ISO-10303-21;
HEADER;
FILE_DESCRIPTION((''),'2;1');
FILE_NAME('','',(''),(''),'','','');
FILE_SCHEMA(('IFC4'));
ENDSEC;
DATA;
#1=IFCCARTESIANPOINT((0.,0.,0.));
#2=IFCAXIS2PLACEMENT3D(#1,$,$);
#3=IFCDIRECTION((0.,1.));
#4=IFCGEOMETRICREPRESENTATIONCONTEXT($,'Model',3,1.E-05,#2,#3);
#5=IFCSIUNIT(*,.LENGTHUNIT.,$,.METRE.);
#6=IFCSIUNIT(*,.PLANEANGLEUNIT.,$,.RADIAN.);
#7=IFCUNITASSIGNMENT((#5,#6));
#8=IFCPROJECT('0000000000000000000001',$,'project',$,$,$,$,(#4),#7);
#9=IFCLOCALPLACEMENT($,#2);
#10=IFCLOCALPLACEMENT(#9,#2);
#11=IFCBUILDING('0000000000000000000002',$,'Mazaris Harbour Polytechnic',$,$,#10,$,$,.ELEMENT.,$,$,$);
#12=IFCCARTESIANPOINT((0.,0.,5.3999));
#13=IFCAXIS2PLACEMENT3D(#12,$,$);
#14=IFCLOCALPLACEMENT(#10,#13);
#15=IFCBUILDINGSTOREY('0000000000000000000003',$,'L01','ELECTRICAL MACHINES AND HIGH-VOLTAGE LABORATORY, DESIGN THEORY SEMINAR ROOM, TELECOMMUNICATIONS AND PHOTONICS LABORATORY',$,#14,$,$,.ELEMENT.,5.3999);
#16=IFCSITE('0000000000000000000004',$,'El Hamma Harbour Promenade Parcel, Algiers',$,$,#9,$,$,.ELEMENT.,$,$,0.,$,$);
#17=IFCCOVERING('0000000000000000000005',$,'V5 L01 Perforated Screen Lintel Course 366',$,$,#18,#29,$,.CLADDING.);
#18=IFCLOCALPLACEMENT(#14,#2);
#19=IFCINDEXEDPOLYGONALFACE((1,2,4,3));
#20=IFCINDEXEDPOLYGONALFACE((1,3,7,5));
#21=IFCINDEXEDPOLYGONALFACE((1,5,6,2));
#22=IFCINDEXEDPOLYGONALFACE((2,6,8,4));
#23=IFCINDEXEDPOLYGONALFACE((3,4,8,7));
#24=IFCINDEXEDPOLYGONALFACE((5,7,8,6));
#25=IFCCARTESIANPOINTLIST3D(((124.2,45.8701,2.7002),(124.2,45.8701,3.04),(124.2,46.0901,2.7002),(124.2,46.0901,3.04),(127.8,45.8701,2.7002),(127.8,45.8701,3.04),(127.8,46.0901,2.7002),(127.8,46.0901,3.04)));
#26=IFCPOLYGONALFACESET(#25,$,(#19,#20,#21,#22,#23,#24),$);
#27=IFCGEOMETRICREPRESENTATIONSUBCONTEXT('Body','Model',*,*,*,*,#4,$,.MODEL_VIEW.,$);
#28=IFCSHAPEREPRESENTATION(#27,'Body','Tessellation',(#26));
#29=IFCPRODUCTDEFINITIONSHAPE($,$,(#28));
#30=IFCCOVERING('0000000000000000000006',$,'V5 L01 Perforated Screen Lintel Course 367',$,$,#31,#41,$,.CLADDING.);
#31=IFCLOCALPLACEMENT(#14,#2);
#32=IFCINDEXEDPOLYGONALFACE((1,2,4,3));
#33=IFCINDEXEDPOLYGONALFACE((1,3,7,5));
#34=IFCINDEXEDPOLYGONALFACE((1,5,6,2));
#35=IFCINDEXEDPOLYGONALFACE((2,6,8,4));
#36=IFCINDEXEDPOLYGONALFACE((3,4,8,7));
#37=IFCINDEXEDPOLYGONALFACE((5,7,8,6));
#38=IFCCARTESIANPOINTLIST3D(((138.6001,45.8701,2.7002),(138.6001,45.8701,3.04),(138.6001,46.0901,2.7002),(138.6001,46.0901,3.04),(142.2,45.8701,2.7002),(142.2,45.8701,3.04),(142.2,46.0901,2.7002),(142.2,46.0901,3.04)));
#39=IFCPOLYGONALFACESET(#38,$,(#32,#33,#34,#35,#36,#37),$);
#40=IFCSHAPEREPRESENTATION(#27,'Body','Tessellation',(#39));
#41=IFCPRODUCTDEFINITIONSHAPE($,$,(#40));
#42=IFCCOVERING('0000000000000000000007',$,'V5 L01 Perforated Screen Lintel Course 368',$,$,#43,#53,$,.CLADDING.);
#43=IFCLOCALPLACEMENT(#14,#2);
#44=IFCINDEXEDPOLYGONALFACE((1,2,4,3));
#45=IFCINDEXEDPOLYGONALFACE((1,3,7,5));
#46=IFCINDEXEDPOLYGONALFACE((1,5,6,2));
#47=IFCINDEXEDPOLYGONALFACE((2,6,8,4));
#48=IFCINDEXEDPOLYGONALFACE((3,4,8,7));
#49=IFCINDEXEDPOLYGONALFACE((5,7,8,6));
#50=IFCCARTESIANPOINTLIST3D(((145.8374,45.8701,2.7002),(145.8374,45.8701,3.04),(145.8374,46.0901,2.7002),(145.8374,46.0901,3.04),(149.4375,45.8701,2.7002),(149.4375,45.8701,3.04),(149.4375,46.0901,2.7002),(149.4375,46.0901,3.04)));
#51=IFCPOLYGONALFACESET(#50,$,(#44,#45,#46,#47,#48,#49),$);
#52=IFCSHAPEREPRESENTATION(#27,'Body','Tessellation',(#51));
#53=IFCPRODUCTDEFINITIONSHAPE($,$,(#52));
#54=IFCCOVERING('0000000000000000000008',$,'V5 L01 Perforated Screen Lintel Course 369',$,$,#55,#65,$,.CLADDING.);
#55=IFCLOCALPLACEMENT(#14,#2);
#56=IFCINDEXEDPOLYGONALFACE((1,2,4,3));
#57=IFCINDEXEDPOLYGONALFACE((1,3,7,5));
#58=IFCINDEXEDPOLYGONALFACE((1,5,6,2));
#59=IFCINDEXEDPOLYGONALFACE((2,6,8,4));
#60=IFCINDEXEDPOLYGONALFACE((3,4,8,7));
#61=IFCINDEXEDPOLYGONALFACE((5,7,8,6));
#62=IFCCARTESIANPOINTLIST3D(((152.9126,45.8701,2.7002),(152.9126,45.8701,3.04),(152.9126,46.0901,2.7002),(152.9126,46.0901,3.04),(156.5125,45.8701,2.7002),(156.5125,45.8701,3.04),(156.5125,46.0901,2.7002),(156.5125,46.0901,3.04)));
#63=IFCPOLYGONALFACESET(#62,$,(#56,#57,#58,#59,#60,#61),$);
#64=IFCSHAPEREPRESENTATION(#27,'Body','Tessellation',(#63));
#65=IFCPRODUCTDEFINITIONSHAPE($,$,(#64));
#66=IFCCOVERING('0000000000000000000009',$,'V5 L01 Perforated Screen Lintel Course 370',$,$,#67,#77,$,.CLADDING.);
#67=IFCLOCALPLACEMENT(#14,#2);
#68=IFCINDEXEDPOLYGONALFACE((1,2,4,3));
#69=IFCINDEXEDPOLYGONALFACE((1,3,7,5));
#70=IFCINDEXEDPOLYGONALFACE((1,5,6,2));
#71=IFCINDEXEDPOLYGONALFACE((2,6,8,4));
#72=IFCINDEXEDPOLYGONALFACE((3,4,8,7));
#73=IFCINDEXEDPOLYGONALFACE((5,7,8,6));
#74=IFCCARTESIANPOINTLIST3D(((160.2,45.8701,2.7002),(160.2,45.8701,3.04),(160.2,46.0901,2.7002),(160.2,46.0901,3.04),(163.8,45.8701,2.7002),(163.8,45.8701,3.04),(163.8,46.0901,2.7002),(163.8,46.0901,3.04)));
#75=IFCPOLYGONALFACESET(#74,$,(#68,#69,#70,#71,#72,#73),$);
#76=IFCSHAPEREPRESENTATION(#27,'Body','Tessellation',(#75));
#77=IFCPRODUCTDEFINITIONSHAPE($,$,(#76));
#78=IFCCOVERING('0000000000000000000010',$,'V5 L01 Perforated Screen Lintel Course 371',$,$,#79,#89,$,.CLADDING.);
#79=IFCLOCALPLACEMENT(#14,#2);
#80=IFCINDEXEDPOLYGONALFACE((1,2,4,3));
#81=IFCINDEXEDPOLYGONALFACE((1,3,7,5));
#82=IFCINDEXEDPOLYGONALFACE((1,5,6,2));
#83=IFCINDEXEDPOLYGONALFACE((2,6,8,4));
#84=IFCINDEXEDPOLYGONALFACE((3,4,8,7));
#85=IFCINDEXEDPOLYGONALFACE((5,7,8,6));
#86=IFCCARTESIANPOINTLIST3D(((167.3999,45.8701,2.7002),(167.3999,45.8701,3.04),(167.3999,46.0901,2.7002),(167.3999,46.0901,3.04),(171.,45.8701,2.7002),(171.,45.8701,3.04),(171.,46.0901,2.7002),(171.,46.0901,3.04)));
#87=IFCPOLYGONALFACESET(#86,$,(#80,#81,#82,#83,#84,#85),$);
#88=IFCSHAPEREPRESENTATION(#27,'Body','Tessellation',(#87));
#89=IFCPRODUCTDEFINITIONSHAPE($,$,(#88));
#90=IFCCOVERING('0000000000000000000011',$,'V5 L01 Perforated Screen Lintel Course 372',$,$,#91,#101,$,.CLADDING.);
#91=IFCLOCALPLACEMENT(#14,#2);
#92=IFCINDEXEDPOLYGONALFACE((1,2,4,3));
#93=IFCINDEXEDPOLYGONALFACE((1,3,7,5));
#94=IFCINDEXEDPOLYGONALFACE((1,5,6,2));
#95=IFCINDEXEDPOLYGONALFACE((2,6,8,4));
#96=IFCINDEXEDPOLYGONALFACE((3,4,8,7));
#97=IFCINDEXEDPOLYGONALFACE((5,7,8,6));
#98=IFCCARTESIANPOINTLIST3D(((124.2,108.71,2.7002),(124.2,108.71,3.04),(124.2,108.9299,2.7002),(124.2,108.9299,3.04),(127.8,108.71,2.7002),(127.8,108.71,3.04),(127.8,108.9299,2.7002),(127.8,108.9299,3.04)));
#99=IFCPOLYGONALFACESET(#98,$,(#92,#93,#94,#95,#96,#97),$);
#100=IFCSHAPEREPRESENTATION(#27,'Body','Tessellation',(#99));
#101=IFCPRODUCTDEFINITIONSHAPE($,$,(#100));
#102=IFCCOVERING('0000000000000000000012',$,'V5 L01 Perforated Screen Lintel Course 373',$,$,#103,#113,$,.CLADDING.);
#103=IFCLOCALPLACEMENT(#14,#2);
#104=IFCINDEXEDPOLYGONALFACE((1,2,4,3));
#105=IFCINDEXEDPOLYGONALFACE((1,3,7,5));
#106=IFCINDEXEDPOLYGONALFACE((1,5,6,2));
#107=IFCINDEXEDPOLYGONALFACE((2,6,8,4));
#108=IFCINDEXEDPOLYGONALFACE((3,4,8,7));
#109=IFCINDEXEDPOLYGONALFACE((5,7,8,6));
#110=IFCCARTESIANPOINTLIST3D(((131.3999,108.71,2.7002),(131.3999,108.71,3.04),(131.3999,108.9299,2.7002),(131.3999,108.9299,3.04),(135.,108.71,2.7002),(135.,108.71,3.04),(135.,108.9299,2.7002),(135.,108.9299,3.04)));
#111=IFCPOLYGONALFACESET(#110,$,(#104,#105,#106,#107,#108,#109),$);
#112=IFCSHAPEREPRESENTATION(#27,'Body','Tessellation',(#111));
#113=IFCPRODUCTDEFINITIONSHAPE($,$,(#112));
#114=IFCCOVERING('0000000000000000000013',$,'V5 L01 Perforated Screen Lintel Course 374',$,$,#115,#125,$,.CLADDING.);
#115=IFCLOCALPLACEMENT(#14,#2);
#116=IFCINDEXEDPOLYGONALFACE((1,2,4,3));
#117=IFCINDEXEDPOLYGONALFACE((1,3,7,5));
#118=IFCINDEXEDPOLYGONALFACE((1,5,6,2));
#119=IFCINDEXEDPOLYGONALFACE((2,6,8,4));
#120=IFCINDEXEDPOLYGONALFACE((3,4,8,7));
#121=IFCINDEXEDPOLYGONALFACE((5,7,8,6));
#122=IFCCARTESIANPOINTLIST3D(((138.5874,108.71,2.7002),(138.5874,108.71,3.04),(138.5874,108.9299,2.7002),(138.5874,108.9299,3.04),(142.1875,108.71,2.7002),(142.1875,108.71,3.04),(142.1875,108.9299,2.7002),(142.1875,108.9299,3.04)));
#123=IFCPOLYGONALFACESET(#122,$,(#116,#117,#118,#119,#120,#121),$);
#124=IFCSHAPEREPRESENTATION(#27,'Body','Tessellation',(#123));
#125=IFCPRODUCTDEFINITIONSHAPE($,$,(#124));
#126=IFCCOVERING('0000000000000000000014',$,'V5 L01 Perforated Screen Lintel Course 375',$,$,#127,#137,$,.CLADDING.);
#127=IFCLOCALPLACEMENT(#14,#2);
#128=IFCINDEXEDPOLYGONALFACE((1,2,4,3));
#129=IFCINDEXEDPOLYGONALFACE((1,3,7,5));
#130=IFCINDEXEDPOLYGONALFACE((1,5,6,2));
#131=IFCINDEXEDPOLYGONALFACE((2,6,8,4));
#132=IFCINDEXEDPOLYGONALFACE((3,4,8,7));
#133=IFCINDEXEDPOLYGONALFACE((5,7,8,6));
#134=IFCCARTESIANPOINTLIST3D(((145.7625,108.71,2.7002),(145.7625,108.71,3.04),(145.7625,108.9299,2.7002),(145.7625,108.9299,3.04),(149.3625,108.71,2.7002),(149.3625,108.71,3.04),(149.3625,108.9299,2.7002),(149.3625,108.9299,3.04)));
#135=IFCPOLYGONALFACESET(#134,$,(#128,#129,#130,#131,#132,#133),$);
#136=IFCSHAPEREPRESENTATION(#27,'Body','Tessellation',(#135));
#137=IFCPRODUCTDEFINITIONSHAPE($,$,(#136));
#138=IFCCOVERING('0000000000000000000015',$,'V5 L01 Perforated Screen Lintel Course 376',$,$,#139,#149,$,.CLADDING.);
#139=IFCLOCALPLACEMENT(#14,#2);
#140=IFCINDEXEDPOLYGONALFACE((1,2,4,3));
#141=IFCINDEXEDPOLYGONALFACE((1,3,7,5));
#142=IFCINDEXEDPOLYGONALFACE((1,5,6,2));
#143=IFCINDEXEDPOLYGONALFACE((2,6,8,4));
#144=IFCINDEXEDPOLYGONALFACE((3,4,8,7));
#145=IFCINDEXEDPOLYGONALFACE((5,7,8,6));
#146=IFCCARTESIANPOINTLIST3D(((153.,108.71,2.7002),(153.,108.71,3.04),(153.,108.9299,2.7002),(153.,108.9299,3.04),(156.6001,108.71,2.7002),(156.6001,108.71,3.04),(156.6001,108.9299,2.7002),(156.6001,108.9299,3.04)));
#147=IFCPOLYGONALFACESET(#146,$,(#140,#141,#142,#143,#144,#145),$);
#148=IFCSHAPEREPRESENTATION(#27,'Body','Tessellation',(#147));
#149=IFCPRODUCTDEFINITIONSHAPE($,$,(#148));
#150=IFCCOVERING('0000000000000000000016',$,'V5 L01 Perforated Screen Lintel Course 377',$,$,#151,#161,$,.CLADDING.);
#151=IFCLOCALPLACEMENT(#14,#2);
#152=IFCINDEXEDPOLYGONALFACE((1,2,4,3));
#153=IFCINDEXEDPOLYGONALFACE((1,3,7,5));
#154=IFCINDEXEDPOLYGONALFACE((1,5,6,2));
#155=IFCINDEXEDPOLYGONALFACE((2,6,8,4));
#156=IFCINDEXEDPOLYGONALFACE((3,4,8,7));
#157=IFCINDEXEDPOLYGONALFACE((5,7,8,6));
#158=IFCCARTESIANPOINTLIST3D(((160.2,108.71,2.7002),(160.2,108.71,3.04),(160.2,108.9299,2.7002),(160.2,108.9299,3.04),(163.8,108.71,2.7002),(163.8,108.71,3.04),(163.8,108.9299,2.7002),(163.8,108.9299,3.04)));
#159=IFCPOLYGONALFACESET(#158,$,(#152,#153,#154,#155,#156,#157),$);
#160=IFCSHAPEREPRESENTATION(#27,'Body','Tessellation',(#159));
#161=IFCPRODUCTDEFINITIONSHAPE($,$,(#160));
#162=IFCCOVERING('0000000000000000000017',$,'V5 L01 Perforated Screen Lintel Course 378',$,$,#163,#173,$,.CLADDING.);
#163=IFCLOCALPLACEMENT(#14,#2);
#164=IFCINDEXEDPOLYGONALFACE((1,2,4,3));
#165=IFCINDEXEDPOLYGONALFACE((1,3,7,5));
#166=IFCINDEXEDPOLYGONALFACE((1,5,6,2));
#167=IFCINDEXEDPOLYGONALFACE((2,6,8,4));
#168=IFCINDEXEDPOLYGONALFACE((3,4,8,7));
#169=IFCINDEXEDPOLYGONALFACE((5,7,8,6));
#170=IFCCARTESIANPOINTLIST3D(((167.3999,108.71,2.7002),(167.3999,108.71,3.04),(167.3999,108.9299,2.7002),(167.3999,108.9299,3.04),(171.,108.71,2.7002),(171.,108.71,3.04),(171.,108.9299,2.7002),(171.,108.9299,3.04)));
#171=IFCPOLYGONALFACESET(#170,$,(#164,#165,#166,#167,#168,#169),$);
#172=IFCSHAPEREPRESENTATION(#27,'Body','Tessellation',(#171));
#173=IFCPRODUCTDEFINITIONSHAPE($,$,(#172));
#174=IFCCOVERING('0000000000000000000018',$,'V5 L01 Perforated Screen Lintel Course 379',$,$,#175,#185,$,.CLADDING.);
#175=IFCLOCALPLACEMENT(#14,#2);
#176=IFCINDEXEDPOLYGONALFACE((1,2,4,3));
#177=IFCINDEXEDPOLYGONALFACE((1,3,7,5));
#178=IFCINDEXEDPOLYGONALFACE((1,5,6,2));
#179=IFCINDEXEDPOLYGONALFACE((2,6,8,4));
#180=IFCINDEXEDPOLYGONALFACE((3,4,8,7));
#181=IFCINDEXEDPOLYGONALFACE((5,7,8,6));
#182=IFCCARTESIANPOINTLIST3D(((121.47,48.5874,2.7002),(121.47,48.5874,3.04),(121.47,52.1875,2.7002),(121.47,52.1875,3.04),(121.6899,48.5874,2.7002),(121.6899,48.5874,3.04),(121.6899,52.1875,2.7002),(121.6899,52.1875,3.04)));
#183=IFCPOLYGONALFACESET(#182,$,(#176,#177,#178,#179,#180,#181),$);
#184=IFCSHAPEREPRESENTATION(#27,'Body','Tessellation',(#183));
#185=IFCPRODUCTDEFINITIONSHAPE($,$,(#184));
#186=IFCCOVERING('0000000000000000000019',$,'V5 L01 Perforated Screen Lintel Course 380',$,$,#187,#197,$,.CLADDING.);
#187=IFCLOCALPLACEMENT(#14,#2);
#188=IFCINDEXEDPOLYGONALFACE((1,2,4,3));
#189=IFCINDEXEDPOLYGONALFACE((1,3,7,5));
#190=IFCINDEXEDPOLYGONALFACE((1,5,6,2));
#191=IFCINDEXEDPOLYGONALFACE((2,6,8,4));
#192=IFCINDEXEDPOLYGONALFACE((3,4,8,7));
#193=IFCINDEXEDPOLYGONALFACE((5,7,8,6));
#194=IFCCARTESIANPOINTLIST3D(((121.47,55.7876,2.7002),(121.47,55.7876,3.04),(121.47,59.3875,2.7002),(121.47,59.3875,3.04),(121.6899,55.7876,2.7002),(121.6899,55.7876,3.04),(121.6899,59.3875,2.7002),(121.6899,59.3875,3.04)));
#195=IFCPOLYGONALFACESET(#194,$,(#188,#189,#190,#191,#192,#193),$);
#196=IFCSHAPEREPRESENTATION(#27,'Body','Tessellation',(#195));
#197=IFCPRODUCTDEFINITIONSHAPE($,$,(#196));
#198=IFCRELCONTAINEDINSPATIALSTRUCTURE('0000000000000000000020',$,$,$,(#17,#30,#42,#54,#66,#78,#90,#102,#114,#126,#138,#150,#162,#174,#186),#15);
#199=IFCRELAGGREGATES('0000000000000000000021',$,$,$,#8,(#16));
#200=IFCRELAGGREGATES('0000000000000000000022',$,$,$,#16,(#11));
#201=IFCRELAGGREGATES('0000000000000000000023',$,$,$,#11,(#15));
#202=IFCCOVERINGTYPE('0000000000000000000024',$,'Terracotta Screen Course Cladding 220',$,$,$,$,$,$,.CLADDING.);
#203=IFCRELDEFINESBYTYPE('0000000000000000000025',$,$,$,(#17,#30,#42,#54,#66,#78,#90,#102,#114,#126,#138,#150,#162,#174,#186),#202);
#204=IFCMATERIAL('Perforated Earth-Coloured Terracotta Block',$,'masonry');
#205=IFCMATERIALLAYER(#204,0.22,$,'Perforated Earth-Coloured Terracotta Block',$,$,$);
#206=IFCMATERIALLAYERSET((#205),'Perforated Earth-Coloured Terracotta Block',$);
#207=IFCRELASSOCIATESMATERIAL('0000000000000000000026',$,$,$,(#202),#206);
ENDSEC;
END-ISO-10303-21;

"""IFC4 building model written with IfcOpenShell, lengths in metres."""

from ifc_helpers import new_model, si_unit, direction, frame, origin, place, context, subcontext, project, spatial, polyline, outline, extrude, material, layer, layer_set, type_object, element, save


model = new_model("IFC4")

# Units and contexts
model_context = context("Model", 3, precision=1e-05, world=origin(), true_north=direction((0.0, 1.0)))
body_context = subcontext(model_context, "Body", "Model", "MODEL_VIEW")
ifc_project = project(units=[si_unit("LENGTHUNIT", "METRE"), si_unit("PLANEANGLEUNIT", "RADIAN")], contexts=[model_context])

# Site, building, storey
site_placement = place(None, origin())
site = spatial("IfcSite", under=ifc_project, at=site_placement, Name="El Hamma Harbour Promenade Parcel, Algiers", CompositionType="ELEMENT", RefElevation=0.0)
building_placement = place(site_placement, origin())
building = spatial("IfcBuilding", under=site, at=building_placement, Name="Mazaris Harbour Polytechnic", CompositionType="ELEMENT")
storey_placement = place(building_placement, frame((0.0, 0.0, 5.3999)))
storey = spatial("IfcBuildingStorey", under=building, at=storey_placement, Name="L01", Description="ELECTRICAL MACHINES AND HIGH-VOLTAGE LABORATORY, DESIGN THEORY SEMINAR ROOM, TELECOMMUNICATIONS AND PHOTONICS LABORATORY", CompositionType="ELEMENT", Elevation=5.3999)

# Coverings
ifc_material = material(Name="Perforated Earth-Coloured Terracotta Block", Category="masonry")
ifc_layer = layer(ifc_material, 0.22, Name="Perforated Earth-Coloured Terracotta Block")
ifc_layer_set = layer_set([ifc_layer], Name="Perforated Earth-Coloured Terracotta Block")
covering_type = type_object("IfcCoveringType", Name="Terracotta Screen Course Cladding 220", PredefinedType="CLADDING", material=ifc_layer_set)
covering_1_placement = place(storey_placement, frame((0.0, 0.0, 2.7002)))
element("IfcCovering", 1, at=covering_1_placement, inside=storey, type_object=covering_type, Name="V5 L01 Perforated Screen Lintel Course 366", PredefinedType="CLADDING", context=body_context, shape_type="SweptSolid", body=[
    extrude(outline(polyline([(127.8, 46.0901), (124.2, 46.0901), (124.2, 45.8701), (127.8, 45.8701), (127.8, 46.0901)])), origin(), (0.0, 0.0, 1.0), 0.3398),
])
covering_2_placement = place(storey_placement, frame((0.0, 0.0, 2.7002)))
element("IfcCovering", 2, at=covering_2_placement, inside=storey, type_object=covering_type, Name="V5 L01 Perforated Screen Lintel Course 367", PredefinedType="CLADDING", context=body_context, shape_type="SweptSolid", body=[
    extrude(outline(polyline([(142.2, 46.0901), (138.6001, 46.0901), (138.6001, 45.8701), (142.2, 45.8701), (142.2, 46.0901)])), origin(), (0.0, 0.0, 1.0), 0.3398),
])
covering_3_placement = place(storey_placement, frame((0.0, 0.0, 2.7002)))
element("IfcCovering", 3, at=covering_3_placement, inside=storey, type_object=covering_type, Name="V5 L01 Perforated Screen Lintel Course 368", PredefinedType="CLADDING", context=body_context, shape_type="SweptSolid", body=[
    extrude(outline(polyline([(149.4375, 46.0901), (145.8374, 46.0901), (145.8374, 45.8701), (149.4375, 45.8701), (149.4375, 46.0901)])), origin(), (0.0, 0.0, 1.0), 0.3398),
])
covering_4_placement = place(storey_placement, frame((0.0, 0.0, 2.7002)))
element("IfcCovering", 4, at=covering_4_placement, inside=storey, type_object=covering_type, Name="V5 L01 Perforated Screen Lintel Course 369", PredefinedType="CLADDING", context=body_context, shape_type="SweptSolid", body=[
    extrude(outline(polyline([(156.5125, 46.0901), (152.9126, 46.0901), (152.9126, 45.8701), (156.5125, 45.8701), (156.5125, 46.0901)])), origin(), (0.0, 0.0, 1.0), 0.3398),
])
covering_5_placement = place(storey_placement, frame((0.0, 0.0, 2.7002)))
element("IfcCovering", 5, at=covering_5_placement, inside=storey, type_object=covering_type, Name="V5 L01 Perforated Screen Lintel Course 370", PredefinedType="CLADDING", context=body_context, shape_type="SweptSolid", body=[
    extrude(outline(polyline([(163.8, 46.0901), (160.2, 46.0901), (160.2, 45.8701), (163.8, 45.8701), (163.8, 46.0901)])), origin(), (0.0, 0.0, 1.0), 0.3398),
])
covering_6_placement = place(storey_placement, frame((0.0, 0.0, 2.7002)))
element("IfcCovering", 6, at=covering_6_placement, inside=storey, type_object=covering_type, Name="V5 L01 Perforated Screen Lintel Course 371", PredefinedType="CLADDING", context=body_context, shape_type="SweptSolid", body=[
    extrude(outline(polyline([(171.0, 46.0901), (167.3999, 46.0901), (167.3999, 45.8701), (171.0, 45.8701), (171.0, 46.0901)])), origin(), (0.0, 0.0, 1.0), 0.3398),
])
covering_7_placement = place(storey_placement, frame((0.0, 0.0, 2.7002)))
element("IfcCovering", 7, at=covering_7_placement, inside=storey, type_object=covering_type, Name="V5 L01 Perforated Screen Lintel Course 372", PredefinedType="CLADDING", context=body_context, shape_type="SweptSolid", body=[
    extrude(outline(polyline([(124.2, 108.71), (127.8, 108.71), (127.8, 108.9299), (124.2, 108.9299), (124.2, 108.71)])), origin(), (0.0, 0.0, 1.0), 0.3398),
])
covering_8_placement = place(storey_placement, frame((0.0, 0.0, 2.7002)))
element("IfcCovering", 8, at=covering_8_placement, inside=storey, type_object=covering_type, Name="V5 L01 Perforated Screen Lintel Course 373", PredefinedType="CLADDING", context=body_context, shape_type="SweptSolid", body=[
    extrude(outline(polyline([(131.3999, 108.71), (135.0, 108.71), (135.0, 108.9299), (131.3999, 108.9299), (131.3999, 108.71)])), origin(), (0.0, 0.0, 1.0), 0.3398),
])
covering_9_placement = place(storey_placement, frame((0.0, 0.0, 2.7002)))
element("IfcCovering", 9, at=covering_9_placement, inside=storey, type_object=covering_type, Name="V5 L01 Perforated Screen Lintel Course 374", PredefinedType="CLADDING", context=body_context, shape_type="SweptSolid", body=[
    extrude(outline(polyline([(138.5874, 108.71), (142.1875, 108.71), (142.1875, 108.9299), (138.5874, 108.9299), (138.5874, 108.71)])), origin(), (0.0, 0.0, 1.0), 0.3398),
])
covering_10_placement = place(storey_placement, frame((0.0, 0.0, 2.7002)))
element("IfcCovering", 10, at=covering_10_placement, inside=storey, type_object=covering_type, Name="V5 L01 Perforated Screen Lintel Course 375", PredefinedType="CLADDING", context=body_context, shape_type="SweptSolid", body=[
    extrude(outline(polyline([(145.7625, 108.71), (149.3625, 108.71), (149.3625, 108.9299), (145.7625, 108.9299), (145.7625, 108.71)])), origin(), (0.0, 0.0, 1.0), 0.3398),
])
covering_11_placement = place(storey_placement, frame((0.0, 0.0, 2.7002)))
element("IfcCovering", 11, at=covering_11_placement, inside=storey, type_object=covering_type, Name="V5 L01 Perforated Screen Lintel Course 376", PredefinedType="CLADDING", context=body_context, shape_type="SweptSolid", body=[
    extrude(outline(polyline([(153.0, 108.71), (156.6001, 108.71), (156.6001, 108.9299), (153.0, 108.9299), (153.0, 108.71)])), origin(), (0.0, 0.0, 1.0), 0.3398),
])
covering_12_placement = place(storey_placement, frame((0.0, 0.0, 2.7002)))
element("IfcCovering", 12, at=covering_12_placement, inside=storey, type_object=covering_type, Name="V5 L01 Perforated Screen Lintel Course 377", PredefinedType="CLADDING", context=body_context, shape_type="SweptSolid", body=[
    extrude(outline(polyline([(160.2, 108.71), (163.8, 108.71), (163.8, 108.9299), (160.2, 108.9299), (160.2, 108.71)])), origin(), (0.0, 0.0, 1.0), 0.3398),
])
covering_13_placement = place(storey_placement, frame((0.0, 0.0, 2.7002)))
element("IfcCovering", 13, at=covering_13_placement, inside=storey, type_object=covering_type, Name="V5 L01 Perforated Screen Lintel Course 378", PredefinedType="CLADDING", context=body_context, shape_type="SweptSolid", body=[
    extrude(outline(polyline([(167.3999, 108.71), (171.0, 108.71), (171.0, 108.9299), (167.3999, 108.9299), (167.3999, 108.71)])), origin(), (0.0, 0.0, 1.0), 0.3398),
])
covering_14_placement = place(storey_placement, frame((0.0, 0.0, 2.7002)))
element("IfcCovering", 14, at=covering_14_placement, inside=storey, type_object=covering_type, Name="V5 L01 Perforated Screen Lintel Course 379", PredefinedType="CLADDING", context=body_context, shape_type="SweptSolid", body=[
    extrude(outline(polyline([(121.6899, 48.5874), (121.6899, 52.1875), (121.47, 52.1875), (121.47, 48.5874), (121.6899, 48.5874)])), origin(), (0.0, 0.0, 1.0), 0.3398),
])
covering_15_placement = place(storey_placement, frame((0.0, 0.0, 2.7002)))
element("IfcCovering", 15, at=covering_15_placement, inside=storey, type_object=covering_type, Name="V5 L01 Perforated Screen Lintel Course 380", PredefinedType="CLADDING", context=body_context, shape_type="SweptSolid", body=[
    extrude(outline(polyline([(121.6899, 55.7876), (121.6899, 59.3875), (121.47, 59.3875), (121.47, 55.7876), (121.6899, 55.7876)])), origin(), (0.0, 0.0, 1.0), 0.3398),
])

save(model, "model.ifc")
